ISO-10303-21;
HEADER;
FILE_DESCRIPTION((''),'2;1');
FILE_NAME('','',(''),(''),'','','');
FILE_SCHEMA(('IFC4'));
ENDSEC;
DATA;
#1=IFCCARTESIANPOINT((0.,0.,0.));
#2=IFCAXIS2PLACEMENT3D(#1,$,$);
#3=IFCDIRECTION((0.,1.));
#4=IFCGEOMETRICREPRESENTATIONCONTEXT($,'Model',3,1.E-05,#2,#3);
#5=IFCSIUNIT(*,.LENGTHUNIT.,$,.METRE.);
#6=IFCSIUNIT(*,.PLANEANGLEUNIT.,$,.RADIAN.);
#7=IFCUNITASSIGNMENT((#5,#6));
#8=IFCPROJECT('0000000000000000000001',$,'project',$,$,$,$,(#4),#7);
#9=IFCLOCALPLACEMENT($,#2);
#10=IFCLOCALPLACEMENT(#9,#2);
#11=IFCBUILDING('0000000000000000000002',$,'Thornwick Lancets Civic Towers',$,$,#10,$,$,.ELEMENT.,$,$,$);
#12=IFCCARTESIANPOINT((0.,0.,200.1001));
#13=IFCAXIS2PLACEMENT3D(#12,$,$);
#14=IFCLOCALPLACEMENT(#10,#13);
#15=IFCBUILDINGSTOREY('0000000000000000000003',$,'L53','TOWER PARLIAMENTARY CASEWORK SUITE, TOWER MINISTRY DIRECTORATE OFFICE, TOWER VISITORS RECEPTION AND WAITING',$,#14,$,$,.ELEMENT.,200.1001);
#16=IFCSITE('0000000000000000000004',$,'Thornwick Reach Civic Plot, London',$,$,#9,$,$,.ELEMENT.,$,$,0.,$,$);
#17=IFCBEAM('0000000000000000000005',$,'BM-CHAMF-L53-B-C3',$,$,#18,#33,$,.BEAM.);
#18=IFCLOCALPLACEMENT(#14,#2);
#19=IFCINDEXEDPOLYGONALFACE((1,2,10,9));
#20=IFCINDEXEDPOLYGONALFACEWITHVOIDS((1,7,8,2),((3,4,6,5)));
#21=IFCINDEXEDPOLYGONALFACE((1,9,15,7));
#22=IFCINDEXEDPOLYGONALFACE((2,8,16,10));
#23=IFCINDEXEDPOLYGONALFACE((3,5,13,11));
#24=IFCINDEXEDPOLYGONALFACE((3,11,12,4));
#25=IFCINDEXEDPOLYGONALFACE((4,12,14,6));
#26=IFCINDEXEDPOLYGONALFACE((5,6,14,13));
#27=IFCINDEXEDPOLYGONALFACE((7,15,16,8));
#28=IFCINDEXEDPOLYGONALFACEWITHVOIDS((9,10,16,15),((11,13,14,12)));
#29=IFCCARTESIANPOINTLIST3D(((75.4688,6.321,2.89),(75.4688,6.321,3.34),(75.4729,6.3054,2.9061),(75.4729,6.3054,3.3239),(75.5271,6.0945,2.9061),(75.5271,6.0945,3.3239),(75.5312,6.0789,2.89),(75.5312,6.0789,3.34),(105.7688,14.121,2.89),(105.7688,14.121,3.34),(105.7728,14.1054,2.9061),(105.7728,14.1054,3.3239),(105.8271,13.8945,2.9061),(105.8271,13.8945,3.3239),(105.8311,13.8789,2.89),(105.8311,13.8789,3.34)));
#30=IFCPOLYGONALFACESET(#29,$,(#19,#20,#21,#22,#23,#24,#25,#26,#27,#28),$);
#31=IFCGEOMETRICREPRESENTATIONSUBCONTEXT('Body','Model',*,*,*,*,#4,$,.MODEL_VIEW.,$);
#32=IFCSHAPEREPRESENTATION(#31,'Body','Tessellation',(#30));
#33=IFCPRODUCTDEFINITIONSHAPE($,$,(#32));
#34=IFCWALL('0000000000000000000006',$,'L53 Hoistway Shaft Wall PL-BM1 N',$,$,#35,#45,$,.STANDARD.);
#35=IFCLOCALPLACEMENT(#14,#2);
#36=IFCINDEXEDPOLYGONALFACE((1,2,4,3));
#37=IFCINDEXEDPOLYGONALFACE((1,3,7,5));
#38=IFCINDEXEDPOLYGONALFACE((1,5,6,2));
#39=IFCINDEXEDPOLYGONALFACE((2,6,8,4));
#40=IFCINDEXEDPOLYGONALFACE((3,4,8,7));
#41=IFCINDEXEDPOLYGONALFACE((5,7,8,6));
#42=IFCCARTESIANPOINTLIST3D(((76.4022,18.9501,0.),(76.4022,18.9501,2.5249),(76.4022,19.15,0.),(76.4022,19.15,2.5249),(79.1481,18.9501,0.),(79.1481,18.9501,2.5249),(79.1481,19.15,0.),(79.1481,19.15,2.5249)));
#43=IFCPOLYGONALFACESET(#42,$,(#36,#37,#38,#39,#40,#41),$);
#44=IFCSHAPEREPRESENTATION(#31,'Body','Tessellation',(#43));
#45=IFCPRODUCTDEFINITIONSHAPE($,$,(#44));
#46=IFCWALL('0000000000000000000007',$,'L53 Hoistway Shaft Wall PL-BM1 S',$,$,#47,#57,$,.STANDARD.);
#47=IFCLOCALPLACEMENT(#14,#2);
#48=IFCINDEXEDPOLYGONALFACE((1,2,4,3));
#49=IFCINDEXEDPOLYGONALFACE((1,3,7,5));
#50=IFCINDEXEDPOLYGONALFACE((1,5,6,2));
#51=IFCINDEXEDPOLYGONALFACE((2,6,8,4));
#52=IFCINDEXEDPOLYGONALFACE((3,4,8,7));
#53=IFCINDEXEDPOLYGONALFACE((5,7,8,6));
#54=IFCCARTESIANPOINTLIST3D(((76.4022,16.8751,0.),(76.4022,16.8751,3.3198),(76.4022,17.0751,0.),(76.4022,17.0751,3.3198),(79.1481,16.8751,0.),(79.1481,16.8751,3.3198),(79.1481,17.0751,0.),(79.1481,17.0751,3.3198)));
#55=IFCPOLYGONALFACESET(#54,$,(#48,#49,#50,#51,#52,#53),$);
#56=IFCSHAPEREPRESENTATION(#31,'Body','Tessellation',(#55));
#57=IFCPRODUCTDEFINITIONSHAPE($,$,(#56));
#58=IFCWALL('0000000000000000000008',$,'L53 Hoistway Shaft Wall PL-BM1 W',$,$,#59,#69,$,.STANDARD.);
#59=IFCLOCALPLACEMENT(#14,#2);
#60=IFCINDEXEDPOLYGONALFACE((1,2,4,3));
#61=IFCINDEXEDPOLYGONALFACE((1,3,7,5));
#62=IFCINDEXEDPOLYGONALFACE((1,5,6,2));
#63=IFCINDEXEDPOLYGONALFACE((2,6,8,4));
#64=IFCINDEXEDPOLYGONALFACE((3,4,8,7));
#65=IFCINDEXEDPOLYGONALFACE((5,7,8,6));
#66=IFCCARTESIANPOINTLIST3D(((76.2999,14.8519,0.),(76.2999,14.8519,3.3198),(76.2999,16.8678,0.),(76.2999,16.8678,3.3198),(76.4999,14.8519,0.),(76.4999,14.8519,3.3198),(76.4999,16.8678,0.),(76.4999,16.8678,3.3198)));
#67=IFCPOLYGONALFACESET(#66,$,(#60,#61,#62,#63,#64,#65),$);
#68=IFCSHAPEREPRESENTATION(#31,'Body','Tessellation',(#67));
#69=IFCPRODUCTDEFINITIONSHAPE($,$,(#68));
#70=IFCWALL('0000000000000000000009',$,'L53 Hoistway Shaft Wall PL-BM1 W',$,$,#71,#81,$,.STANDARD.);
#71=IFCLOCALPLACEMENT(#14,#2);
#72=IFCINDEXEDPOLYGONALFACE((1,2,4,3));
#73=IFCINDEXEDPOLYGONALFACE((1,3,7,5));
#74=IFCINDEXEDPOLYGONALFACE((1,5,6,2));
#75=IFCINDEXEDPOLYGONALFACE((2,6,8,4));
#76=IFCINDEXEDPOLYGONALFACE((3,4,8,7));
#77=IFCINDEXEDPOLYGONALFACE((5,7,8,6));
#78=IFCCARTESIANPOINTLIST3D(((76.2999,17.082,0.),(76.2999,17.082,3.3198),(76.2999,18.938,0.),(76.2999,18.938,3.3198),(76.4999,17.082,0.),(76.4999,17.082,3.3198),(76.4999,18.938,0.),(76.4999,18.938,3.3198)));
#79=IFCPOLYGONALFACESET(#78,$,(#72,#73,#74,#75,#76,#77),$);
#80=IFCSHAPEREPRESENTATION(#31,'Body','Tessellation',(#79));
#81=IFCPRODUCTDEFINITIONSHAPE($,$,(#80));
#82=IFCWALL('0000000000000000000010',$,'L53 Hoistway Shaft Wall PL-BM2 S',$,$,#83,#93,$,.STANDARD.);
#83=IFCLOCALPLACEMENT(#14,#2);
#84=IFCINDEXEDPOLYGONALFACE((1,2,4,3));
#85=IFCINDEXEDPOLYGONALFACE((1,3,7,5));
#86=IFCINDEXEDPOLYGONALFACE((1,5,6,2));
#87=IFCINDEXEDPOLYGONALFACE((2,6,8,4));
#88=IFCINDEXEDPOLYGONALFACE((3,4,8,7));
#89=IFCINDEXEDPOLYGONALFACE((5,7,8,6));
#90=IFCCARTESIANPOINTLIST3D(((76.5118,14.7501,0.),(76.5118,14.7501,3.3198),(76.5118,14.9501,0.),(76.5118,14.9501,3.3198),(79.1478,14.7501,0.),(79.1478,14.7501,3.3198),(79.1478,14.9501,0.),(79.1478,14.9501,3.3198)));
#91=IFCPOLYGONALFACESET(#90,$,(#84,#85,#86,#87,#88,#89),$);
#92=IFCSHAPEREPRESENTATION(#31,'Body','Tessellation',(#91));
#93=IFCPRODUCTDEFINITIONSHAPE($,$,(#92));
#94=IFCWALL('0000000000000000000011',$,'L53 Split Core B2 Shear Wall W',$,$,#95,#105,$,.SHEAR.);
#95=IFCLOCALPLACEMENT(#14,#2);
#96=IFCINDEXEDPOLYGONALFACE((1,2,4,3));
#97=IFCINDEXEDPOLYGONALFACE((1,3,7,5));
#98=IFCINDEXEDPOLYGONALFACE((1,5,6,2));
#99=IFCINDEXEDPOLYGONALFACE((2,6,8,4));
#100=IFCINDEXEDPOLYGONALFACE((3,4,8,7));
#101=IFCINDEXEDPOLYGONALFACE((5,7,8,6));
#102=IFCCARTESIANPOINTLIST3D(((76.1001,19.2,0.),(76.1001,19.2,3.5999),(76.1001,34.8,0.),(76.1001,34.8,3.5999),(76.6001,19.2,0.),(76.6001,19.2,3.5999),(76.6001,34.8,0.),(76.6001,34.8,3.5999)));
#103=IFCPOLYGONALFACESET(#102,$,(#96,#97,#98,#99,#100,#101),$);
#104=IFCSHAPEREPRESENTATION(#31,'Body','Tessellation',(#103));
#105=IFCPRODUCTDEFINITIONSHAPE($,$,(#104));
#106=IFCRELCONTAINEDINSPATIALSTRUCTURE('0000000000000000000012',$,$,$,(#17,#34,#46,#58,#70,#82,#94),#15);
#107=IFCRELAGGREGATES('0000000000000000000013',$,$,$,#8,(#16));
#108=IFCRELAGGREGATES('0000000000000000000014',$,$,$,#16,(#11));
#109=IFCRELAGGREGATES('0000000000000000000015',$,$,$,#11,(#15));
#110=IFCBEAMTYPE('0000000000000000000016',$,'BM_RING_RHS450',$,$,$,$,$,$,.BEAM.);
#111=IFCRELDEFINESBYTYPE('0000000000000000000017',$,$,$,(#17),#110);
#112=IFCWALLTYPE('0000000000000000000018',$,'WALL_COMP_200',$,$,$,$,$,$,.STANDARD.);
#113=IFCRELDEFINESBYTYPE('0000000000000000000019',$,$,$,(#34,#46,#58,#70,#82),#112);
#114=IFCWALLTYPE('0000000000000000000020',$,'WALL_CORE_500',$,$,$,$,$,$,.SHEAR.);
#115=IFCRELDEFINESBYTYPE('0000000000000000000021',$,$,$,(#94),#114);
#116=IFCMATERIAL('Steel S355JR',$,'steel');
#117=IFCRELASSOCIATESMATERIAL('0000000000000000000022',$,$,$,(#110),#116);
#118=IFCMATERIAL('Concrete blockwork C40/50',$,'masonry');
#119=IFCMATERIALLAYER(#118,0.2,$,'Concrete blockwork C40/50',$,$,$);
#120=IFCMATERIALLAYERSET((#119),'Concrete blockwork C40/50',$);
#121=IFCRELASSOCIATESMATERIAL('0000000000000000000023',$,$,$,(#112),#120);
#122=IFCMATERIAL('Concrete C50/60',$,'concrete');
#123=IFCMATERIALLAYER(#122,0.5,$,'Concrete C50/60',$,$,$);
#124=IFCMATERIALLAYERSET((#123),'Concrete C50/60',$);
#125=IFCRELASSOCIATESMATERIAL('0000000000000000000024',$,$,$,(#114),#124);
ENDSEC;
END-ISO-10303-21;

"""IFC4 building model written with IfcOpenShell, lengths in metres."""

from ifc_helpers import new_model, si_unit, direction, frame, frame_2d, origin, origin_2d, place, context, subcontext, project, spatial, rectangle, hollow_rectangle, extrude, material, layer, layer_set, material_profile, profile_set, type_object, element, save


model = new_model("IFC4")

# Units and contexts
model_context = context("Model", 3, precision=1e-05, world=origin(), true_north=direction((0.0, 1.0)))
body_context = subcontext(model_context, "Body", "Model", "MODEL_VIEW")
ifc_project = project(units=[si_unit("LENGTHUNIT", "METRE"), si_unit("PLANEANGLEUNIT", "RADIAN")], contexts=[model_context])

# Site, building, storey
site_placement = place(None, origin())
site = spatial("IfcSite", under=ifc_project, at=site_placement, Name="Thornwick Reach Civic Plot, London", CompositionType="ELEMENT", RefElevation=0.0)
building_placement = place(site_placement, origin())
building = spatial("IfcBuilding", under=site, at=building_placement, Name="Thornwick Lancets Civic Towers", CompositionType="ELEMENT")
storey_placement = place(building_placement, frame((0.0, 0.0, 200.1001)))
storey = spatial("IfcBuildingStorey", under=building, at=storey_placement, Name="L53", Description="TOWER PARLIAMENTARY CASEWORK SUITE, TOWER MINISTRY DIRECTORATE OFFICE, TOWER VISITORS RECEPTION AND WAITING", CompositionType="ELEMENT", Elevation=200.1001)

# Shared definitions
ifc_material_1 = material(Name="Concrete C50/60", Category="concrete")
ifc_material_2 = material(Name="Steel S355JR", Category="steel")

# Beam
ifc_material_profile_1 = material_profile(ifc_material_2, hollow_rectangle(XDim=0.25, YDim=0.45, WallThickness=0.0161, at=origin_2d()), Name="RHS 450x250x16")
ifc_profile_set_1 = profile_set([ifc_material_profile_1], Name="Steel S355JR")
beam_type_1 = type_object("IfcBeamType", Name="BM_RING_RHS450", PredefinedType="BEAM", material=ifc_profile_set_1)
beam_1_placement = place(storey_placement, frame((75.5, 6.2, 3.115), z_axis=(0.968427, 0.249299, 0.0), x_axis=(-0.249299, 0.968427, 0.0)))
element("IfcBeam", 1, at=beam_1_placement, inside=storey, type_object=beam_type_1, Name="BM-CHAMF-L53-B-C3", PredefinedType="BEAM", context=body_context, shape_type="SweptSolid", body=[
    extrude(hollow_rectangle(XDim=0.25, YDim=0.45, WallThickness=0.0161, at=origin_2d()), origin(), (0.0, 0.0, 1.0), 31.2878),
])

# Walls
ifc_material_3 = material(Name="Concrete blockwork C40/50", Category="masonry")
ifc_layer_1 = layer(ifc_material_3, 0.2, Name="Concrete blockwork C40/50")
ifc_layer_set_1 = layer_set([ifc_layer_1], Name="Concrete blockwork C40/50")
wall_type_1 = type_object("IfcWallType", Name="WALL_COMP_200", PredefinedType="STANDARD", material=ifc_layer_set_1)
wall_1_placement = place(storey_placement, frame((76.4021, 19.05, 0.0), z_axis=(0.0, 0.0, 1.0), x_axis=(1.0, 0.0, 0.0)))
element("IfcWall", 2, at=wall_1_placement, inside=storey, type_object=wall_type_1, Name="L53 Hoistway Shaft Wall PL-BM1 N", PredefinedType="STANDARD", context=body_context, shape_type="SweptSolid", body=[
    extrude(rectangle(XDim=2.7458, YDim=0.2, at=frame_2d((1.373, 0.0))), origin(), (0.0, 0.0, 1.0), 2.5249),
])
wall_2_placement = place(storey_placement, frame((76.4021, 16.9751, 0.0), z_axis=(0.0, 0.0, 1.0), x_axis=(1.0, 0.0, 0.0)))
element("IfcWall", 3, at=wall_2_placement, inside=storey, type_object=wall_type_1, Name="L53 Hoistway Shaft Wall PL-BM1 S", PredefinedType="STANDARD", context=body_context, shape_type="SweptSolid", body=[
    extrude(rectangle(XDim=2.7458, YDim=0.2, at=frame_2d((1.373, 0.0))), origin(), (0.0, 0.0, 1.0), 3.3198),
])
wall_3_placement = place(storey_placement, frame((76.3999, 14.8521, 0.0), z_axis=(0.0, 0.0, 1.0), x_axis=(0.0, 1.0, 0.0)))
element("IfcWall", 4, at=wall_3_placement, inside=storey, type_object=wall_type_1, Name="L53 Hoistway Shaft Wall PL-BM1 W", PredefinedType="STANDARD", context=body_context, shape_type="SweptSolid", body=[
    extrude(rectangle(XDim=2.0159, YDim=0.2, at=frame_2d((1.0078, 0.0))), origin(), (0.0, 0.0, 1.0), 3.3198),
])
wall_4_placement = place(storey_placement, frame((76.3999, 17.082, 0.0), z_axis=(0.0, 0.0, 1.0), x_axis=(0.0, 1.0, 0.0)))
element("IfcWall", 5, at=wall_4_placement, inside=storey, type_object=wall_type_1, Name="L53 Hoistway Shaft Wall PL-BM1 W", PredefinedType="STANDARD", context=body_context, shape_type="SweptSolid", body=[
    extrude(rectangle(XDim=1.856, YDim=0.2, at=frame_2d((0.928, 0.0))), origin(), (0.0, 0.0, 1.0), 3.3198),
])
wall_5_placement = place(storey_placement, frame((76.512, 14.8501, 0.0), z_axis=(0.0, 0.0, 1.0), x_axis=(1.0, 0.0, 0.0)))
element("IfcWall", 6, at=wall_5_placement, inside=storey, type_object=wall_type_1, Name="L53 Hoistway Shaft Wall PL-BM2 S", PredefinedType="STANDARD", context=body_context, shape_type="SweptSolid", body=[
    extrude(rectangle(XDim=2.636, YDim=0.2, at=frame_2d((1.3179, 0.0))), origin(), (0.0, 0.0, 1.0), 3.3198),
])
ifc_layer_2 = layer(ifc_material_1, 0.5, Name="Concrete C50/60")
ifc_layer_set_2 = layer_set([ifc_layer_2], Name="Concrete C50/60")
wall_type_2 = type_object("IfcWallType", Name="WALL_CORE_500", PredefinedType="SHEAR", material=ifc_layer_set_2)
wall_6_placement = place(storey_placement, frame((76.3501, 19.2, 0.0), z_axis=(0.0, 0.0, 1.0), x_axis=(0.0, 1.0, 0.0)))
element("IfcWall", 7, at=wall_6_placement, inside=storey, type_object=wall_type_2, Name="L53 Split Core B2 Shear Wall W", PredefinedType="SHEAR", context=body_context, shape_type="SweptSolid", body=[
    extrude(rectangle(XDim=15.6001, YDim=0.5, at=frame_2d((7.8, 0.0))), origin(), (0.0, 0.0, 1.0), 3.5999),
])

save(model, "model.ifc")
